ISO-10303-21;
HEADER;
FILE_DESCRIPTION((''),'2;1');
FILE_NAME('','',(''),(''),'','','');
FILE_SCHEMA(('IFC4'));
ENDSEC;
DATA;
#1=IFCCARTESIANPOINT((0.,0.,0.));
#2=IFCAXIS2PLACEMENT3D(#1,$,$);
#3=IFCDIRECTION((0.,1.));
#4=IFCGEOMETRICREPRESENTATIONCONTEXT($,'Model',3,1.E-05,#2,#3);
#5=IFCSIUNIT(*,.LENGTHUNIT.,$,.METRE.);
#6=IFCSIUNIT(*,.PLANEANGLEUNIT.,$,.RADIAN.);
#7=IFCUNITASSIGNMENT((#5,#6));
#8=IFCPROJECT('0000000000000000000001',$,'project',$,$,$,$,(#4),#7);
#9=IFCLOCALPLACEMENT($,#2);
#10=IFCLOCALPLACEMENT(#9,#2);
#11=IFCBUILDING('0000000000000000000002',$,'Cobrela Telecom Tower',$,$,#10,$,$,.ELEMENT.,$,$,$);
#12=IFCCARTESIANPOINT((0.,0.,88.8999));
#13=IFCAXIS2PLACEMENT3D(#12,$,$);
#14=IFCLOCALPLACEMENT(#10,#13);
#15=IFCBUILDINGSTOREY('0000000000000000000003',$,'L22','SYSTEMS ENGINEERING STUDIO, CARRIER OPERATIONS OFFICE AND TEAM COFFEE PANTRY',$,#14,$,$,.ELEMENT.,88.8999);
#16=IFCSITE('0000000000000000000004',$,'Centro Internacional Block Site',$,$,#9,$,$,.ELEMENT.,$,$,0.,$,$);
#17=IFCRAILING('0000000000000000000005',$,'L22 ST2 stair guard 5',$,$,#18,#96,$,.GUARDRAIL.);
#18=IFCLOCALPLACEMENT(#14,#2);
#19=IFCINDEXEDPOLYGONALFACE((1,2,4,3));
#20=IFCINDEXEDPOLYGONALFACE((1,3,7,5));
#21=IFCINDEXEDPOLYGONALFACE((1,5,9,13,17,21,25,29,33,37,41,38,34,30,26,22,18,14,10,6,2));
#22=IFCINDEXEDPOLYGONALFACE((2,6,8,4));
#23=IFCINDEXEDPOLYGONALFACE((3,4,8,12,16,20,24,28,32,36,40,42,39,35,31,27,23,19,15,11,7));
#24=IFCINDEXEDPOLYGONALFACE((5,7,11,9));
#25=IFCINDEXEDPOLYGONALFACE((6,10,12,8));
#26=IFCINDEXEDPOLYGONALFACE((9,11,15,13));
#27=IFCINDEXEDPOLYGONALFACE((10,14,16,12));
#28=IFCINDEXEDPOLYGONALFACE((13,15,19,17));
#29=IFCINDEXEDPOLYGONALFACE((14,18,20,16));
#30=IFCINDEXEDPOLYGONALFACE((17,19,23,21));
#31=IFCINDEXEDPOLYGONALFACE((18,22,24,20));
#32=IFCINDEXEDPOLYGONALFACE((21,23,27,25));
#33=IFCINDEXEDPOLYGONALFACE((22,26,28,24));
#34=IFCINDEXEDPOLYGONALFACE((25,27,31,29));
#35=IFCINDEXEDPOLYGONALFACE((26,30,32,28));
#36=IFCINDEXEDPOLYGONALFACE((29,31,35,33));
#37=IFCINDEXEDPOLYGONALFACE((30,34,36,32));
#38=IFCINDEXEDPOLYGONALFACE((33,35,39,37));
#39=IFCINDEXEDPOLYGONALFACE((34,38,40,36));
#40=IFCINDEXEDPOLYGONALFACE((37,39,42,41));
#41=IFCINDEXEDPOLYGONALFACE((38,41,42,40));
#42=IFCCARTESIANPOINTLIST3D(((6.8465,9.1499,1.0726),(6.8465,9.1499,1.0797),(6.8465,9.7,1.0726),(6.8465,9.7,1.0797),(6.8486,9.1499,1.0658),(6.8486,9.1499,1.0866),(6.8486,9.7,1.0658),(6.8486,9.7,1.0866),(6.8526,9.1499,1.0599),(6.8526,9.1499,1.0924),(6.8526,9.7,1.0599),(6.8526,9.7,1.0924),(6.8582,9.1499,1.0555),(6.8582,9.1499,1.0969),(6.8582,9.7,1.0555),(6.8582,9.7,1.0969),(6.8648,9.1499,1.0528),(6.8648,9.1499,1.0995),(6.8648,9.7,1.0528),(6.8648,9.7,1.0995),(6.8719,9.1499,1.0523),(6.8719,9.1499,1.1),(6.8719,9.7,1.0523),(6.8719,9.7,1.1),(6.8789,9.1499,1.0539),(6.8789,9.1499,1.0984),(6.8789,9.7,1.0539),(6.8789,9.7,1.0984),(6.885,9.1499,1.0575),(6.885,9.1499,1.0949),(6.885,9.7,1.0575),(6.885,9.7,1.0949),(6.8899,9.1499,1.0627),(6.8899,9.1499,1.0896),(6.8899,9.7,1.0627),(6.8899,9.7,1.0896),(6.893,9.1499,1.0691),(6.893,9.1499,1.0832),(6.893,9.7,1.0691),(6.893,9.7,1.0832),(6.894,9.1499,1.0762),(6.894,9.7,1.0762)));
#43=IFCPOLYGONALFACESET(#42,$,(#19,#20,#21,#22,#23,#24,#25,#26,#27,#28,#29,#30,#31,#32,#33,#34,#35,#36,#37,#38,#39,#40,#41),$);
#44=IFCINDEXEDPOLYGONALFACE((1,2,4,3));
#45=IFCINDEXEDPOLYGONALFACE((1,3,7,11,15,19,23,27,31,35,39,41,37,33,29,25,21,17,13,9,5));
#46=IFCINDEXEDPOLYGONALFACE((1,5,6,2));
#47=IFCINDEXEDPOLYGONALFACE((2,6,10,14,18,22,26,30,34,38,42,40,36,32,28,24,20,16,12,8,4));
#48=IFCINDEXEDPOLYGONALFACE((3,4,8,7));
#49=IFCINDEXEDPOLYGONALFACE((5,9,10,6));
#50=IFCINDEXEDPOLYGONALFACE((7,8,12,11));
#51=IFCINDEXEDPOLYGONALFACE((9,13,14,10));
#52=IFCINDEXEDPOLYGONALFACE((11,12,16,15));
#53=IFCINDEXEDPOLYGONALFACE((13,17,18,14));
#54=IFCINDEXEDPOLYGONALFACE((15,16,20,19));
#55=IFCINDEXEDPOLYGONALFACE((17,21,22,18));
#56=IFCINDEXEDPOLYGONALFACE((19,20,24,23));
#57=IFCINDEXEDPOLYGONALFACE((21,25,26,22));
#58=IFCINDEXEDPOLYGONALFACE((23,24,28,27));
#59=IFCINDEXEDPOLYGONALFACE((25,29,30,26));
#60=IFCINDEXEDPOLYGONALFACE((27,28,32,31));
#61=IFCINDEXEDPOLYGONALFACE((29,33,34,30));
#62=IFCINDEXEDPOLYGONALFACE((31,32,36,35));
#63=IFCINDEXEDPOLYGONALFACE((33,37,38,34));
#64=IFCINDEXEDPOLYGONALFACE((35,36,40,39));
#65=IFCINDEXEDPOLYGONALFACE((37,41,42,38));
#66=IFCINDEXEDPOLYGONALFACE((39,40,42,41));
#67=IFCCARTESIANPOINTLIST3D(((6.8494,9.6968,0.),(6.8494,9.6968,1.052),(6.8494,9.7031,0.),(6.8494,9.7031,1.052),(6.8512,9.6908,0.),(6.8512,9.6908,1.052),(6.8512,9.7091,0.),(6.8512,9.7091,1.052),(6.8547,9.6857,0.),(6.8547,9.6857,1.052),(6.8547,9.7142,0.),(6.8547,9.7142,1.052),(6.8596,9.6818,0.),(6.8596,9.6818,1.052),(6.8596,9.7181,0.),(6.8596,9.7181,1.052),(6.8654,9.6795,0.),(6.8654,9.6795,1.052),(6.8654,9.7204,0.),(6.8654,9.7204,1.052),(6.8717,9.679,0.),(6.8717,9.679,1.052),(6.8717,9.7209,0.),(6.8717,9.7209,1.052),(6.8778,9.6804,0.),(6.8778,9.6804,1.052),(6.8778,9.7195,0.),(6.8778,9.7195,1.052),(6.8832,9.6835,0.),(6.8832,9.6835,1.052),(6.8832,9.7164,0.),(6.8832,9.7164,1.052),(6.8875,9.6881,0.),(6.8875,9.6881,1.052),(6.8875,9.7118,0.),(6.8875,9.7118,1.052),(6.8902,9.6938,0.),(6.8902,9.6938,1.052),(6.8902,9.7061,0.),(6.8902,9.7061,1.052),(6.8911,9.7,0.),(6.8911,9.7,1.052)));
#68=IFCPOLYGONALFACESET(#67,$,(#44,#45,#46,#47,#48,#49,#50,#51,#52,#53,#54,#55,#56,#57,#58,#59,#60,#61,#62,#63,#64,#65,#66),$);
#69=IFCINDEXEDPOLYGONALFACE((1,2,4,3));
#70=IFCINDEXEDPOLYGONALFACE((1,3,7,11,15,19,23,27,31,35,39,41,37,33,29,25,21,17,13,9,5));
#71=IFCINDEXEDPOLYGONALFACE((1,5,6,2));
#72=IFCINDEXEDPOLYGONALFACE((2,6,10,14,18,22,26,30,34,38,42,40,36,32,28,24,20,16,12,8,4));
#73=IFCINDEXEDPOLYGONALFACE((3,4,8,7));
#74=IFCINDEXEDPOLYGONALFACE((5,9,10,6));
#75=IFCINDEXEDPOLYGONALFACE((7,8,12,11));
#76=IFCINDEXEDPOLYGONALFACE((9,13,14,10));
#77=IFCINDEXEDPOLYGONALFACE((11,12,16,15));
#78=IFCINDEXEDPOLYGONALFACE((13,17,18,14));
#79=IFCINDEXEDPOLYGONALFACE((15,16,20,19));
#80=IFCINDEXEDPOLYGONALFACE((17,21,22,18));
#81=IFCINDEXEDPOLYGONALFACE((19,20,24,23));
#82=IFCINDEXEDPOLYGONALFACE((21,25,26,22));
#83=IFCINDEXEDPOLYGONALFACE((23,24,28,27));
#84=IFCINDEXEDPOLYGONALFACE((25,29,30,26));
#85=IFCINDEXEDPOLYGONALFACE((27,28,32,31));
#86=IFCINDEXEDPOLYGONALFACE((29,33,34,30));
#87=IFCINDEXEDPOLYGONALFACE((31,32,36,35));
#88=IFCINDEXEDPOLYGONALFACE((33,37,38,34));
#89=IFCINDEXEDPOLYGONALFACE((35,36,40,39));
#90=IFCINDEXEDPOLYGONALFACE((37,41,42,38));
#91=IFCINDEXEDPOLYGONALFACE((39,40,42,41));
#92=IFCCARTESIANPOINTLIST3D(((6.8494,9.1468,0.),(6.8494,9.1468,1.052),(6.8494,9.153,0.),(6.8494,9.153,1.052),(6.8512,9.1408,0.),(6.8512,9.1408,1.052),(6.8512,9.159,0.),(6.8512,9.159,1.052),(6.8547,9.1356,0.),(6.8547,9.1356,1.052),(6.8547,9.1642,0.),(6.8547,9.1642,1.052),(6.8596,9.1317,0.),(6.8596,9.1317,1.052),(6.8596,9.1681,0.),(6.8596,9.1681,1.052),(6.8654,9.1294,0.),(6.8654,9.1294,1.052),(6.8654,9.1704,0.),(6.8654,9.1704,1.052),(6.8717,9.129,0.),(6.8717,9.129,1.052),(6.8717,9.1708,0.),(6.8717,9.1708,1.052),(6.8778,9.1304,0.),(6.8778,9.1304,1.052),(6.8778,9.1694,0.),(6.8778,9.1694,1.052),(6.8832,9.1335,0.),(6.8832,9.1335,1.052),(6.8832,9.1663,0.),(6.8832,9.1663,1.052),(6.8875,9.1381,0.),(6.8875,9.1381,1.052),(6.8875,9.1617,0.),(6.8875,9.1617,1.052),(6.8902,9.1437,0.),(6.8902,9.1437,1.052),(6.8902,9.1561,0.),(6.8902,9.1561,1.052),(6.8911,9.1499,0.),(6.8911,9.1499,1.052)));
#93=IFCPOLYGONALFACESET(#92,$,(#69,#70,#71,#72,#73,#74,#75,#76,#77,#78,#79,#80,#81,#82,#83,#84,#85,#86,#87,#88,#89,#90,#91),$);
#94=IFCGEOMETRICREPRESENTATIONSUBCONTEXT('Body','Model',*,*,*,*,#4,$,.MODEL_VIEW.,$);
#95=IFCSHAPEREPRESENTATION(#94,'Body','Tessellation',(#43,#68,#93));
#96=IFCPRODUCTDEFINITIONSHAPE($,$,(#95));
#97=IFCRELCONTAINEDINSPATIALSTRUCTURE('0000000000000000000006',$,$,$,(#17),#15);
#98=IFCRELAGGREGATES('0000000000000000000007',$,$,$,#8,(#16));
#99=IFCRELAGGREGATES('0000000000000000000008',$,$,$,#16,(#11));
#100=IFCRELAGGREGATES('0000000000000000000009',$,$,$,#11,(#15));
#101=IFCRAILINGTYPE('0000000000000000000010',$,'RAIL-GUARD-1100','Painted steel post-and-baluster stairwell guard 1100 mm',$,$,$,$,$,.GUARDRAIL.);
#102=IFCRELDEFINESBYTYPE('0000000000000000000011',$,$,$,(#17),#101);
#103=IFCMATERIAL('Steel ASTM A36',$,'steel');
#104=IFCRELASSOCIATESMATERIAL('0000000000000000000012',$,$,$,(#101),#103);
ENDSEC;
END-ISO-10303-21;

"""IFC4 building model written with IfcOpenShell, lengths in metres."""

from ifc_helpers import new_model, si_unit, direction, frame, origin, origin_2d, place, context, subcontext, project, spatial, circle, extrude, material, type_object, element, save


model = new_model("IFC4")

# Units and contexts
model_context = context("Model", 3, precision=1e-05, world=origin(), true_north=direction((0.0, 1.0)))
body_context = subcontext(model_context, "Body", "Model", "MODEL_VIEW")
ifc_project = project(units=[si_unit("LENGTHUNIT", "METRE"), si_unit("PLANEANGLEUNIT", "RADIAN")], contexts=[model_context])

# Site, building, storey
site_placement = place(None, origin())
site = spatial("IfcSite", under=ifc_project, at=site_placement, Name="Centro Internacional Block Site", CompositionType="ELEMENT", RefElevation=0.0)
building_placement = place(site_placement, origin())
building = spatial("IfcBuilding", under=site, at=building_placement, Name="Cobrela Telecom Tower", CompositionType="ELEMENT")
storey_placement = place(building_placement, frame((0.0, 0.0, 88.8999)))
storey = spatial("IfcBuildingStorey", under=building, at=storey_placement, Name="L22", Description="SYSTEMS ENGINEERING STUDIO, CARRIER OPERATIONS OFFICE AND TEAM COFFEE PANTRY", CompositionType="ELEMENT", Elevation=88.8999)

# Railing
ifc_material_1 = material(Name="Steel ASTM A36", Category="steel")
railing_type_1 = type_object("IfcRailingType", Name="RAIL-GUARD-1100", Description="Painted steel post-and-baluster stairwell guard 1100 mm", PredefinedType="GUARDRAIL", material=ifc_material_1)
railing_1_placement = place(storey_placement, frame((6.8701, 9.7, 0.0)))
element("IfcRailing", 1, at=railing_1_placement, inside=storey, type_object=railing_type_1, Name="L22 ST2 stair guard 5", PredefinedType="GUARDRAIL", context=body_context, shape_type="SweptSolid", body=[
    extrude(circle(Radius=0.0239, at=origin_2d()), frame((0.0, 0.0, 1.0762), z_axis=(0.0, -1.0, 0.0), x_axis=(1.0, 0.0, 0.0)), (0.0, 0.0, 1.0), 0.55),
    extrude(circle(Radius=0.021, at=origin_2d()), origin(), (0.0, 0.0, 1.0), 1.052),
    extrude(circle(Radius=0.021, at=origin_2d()), frame((0.0, -0.55, 0.0)), (0.0, 0.0, 1.0), 1.052),
])

save(model, "model.ifc")
